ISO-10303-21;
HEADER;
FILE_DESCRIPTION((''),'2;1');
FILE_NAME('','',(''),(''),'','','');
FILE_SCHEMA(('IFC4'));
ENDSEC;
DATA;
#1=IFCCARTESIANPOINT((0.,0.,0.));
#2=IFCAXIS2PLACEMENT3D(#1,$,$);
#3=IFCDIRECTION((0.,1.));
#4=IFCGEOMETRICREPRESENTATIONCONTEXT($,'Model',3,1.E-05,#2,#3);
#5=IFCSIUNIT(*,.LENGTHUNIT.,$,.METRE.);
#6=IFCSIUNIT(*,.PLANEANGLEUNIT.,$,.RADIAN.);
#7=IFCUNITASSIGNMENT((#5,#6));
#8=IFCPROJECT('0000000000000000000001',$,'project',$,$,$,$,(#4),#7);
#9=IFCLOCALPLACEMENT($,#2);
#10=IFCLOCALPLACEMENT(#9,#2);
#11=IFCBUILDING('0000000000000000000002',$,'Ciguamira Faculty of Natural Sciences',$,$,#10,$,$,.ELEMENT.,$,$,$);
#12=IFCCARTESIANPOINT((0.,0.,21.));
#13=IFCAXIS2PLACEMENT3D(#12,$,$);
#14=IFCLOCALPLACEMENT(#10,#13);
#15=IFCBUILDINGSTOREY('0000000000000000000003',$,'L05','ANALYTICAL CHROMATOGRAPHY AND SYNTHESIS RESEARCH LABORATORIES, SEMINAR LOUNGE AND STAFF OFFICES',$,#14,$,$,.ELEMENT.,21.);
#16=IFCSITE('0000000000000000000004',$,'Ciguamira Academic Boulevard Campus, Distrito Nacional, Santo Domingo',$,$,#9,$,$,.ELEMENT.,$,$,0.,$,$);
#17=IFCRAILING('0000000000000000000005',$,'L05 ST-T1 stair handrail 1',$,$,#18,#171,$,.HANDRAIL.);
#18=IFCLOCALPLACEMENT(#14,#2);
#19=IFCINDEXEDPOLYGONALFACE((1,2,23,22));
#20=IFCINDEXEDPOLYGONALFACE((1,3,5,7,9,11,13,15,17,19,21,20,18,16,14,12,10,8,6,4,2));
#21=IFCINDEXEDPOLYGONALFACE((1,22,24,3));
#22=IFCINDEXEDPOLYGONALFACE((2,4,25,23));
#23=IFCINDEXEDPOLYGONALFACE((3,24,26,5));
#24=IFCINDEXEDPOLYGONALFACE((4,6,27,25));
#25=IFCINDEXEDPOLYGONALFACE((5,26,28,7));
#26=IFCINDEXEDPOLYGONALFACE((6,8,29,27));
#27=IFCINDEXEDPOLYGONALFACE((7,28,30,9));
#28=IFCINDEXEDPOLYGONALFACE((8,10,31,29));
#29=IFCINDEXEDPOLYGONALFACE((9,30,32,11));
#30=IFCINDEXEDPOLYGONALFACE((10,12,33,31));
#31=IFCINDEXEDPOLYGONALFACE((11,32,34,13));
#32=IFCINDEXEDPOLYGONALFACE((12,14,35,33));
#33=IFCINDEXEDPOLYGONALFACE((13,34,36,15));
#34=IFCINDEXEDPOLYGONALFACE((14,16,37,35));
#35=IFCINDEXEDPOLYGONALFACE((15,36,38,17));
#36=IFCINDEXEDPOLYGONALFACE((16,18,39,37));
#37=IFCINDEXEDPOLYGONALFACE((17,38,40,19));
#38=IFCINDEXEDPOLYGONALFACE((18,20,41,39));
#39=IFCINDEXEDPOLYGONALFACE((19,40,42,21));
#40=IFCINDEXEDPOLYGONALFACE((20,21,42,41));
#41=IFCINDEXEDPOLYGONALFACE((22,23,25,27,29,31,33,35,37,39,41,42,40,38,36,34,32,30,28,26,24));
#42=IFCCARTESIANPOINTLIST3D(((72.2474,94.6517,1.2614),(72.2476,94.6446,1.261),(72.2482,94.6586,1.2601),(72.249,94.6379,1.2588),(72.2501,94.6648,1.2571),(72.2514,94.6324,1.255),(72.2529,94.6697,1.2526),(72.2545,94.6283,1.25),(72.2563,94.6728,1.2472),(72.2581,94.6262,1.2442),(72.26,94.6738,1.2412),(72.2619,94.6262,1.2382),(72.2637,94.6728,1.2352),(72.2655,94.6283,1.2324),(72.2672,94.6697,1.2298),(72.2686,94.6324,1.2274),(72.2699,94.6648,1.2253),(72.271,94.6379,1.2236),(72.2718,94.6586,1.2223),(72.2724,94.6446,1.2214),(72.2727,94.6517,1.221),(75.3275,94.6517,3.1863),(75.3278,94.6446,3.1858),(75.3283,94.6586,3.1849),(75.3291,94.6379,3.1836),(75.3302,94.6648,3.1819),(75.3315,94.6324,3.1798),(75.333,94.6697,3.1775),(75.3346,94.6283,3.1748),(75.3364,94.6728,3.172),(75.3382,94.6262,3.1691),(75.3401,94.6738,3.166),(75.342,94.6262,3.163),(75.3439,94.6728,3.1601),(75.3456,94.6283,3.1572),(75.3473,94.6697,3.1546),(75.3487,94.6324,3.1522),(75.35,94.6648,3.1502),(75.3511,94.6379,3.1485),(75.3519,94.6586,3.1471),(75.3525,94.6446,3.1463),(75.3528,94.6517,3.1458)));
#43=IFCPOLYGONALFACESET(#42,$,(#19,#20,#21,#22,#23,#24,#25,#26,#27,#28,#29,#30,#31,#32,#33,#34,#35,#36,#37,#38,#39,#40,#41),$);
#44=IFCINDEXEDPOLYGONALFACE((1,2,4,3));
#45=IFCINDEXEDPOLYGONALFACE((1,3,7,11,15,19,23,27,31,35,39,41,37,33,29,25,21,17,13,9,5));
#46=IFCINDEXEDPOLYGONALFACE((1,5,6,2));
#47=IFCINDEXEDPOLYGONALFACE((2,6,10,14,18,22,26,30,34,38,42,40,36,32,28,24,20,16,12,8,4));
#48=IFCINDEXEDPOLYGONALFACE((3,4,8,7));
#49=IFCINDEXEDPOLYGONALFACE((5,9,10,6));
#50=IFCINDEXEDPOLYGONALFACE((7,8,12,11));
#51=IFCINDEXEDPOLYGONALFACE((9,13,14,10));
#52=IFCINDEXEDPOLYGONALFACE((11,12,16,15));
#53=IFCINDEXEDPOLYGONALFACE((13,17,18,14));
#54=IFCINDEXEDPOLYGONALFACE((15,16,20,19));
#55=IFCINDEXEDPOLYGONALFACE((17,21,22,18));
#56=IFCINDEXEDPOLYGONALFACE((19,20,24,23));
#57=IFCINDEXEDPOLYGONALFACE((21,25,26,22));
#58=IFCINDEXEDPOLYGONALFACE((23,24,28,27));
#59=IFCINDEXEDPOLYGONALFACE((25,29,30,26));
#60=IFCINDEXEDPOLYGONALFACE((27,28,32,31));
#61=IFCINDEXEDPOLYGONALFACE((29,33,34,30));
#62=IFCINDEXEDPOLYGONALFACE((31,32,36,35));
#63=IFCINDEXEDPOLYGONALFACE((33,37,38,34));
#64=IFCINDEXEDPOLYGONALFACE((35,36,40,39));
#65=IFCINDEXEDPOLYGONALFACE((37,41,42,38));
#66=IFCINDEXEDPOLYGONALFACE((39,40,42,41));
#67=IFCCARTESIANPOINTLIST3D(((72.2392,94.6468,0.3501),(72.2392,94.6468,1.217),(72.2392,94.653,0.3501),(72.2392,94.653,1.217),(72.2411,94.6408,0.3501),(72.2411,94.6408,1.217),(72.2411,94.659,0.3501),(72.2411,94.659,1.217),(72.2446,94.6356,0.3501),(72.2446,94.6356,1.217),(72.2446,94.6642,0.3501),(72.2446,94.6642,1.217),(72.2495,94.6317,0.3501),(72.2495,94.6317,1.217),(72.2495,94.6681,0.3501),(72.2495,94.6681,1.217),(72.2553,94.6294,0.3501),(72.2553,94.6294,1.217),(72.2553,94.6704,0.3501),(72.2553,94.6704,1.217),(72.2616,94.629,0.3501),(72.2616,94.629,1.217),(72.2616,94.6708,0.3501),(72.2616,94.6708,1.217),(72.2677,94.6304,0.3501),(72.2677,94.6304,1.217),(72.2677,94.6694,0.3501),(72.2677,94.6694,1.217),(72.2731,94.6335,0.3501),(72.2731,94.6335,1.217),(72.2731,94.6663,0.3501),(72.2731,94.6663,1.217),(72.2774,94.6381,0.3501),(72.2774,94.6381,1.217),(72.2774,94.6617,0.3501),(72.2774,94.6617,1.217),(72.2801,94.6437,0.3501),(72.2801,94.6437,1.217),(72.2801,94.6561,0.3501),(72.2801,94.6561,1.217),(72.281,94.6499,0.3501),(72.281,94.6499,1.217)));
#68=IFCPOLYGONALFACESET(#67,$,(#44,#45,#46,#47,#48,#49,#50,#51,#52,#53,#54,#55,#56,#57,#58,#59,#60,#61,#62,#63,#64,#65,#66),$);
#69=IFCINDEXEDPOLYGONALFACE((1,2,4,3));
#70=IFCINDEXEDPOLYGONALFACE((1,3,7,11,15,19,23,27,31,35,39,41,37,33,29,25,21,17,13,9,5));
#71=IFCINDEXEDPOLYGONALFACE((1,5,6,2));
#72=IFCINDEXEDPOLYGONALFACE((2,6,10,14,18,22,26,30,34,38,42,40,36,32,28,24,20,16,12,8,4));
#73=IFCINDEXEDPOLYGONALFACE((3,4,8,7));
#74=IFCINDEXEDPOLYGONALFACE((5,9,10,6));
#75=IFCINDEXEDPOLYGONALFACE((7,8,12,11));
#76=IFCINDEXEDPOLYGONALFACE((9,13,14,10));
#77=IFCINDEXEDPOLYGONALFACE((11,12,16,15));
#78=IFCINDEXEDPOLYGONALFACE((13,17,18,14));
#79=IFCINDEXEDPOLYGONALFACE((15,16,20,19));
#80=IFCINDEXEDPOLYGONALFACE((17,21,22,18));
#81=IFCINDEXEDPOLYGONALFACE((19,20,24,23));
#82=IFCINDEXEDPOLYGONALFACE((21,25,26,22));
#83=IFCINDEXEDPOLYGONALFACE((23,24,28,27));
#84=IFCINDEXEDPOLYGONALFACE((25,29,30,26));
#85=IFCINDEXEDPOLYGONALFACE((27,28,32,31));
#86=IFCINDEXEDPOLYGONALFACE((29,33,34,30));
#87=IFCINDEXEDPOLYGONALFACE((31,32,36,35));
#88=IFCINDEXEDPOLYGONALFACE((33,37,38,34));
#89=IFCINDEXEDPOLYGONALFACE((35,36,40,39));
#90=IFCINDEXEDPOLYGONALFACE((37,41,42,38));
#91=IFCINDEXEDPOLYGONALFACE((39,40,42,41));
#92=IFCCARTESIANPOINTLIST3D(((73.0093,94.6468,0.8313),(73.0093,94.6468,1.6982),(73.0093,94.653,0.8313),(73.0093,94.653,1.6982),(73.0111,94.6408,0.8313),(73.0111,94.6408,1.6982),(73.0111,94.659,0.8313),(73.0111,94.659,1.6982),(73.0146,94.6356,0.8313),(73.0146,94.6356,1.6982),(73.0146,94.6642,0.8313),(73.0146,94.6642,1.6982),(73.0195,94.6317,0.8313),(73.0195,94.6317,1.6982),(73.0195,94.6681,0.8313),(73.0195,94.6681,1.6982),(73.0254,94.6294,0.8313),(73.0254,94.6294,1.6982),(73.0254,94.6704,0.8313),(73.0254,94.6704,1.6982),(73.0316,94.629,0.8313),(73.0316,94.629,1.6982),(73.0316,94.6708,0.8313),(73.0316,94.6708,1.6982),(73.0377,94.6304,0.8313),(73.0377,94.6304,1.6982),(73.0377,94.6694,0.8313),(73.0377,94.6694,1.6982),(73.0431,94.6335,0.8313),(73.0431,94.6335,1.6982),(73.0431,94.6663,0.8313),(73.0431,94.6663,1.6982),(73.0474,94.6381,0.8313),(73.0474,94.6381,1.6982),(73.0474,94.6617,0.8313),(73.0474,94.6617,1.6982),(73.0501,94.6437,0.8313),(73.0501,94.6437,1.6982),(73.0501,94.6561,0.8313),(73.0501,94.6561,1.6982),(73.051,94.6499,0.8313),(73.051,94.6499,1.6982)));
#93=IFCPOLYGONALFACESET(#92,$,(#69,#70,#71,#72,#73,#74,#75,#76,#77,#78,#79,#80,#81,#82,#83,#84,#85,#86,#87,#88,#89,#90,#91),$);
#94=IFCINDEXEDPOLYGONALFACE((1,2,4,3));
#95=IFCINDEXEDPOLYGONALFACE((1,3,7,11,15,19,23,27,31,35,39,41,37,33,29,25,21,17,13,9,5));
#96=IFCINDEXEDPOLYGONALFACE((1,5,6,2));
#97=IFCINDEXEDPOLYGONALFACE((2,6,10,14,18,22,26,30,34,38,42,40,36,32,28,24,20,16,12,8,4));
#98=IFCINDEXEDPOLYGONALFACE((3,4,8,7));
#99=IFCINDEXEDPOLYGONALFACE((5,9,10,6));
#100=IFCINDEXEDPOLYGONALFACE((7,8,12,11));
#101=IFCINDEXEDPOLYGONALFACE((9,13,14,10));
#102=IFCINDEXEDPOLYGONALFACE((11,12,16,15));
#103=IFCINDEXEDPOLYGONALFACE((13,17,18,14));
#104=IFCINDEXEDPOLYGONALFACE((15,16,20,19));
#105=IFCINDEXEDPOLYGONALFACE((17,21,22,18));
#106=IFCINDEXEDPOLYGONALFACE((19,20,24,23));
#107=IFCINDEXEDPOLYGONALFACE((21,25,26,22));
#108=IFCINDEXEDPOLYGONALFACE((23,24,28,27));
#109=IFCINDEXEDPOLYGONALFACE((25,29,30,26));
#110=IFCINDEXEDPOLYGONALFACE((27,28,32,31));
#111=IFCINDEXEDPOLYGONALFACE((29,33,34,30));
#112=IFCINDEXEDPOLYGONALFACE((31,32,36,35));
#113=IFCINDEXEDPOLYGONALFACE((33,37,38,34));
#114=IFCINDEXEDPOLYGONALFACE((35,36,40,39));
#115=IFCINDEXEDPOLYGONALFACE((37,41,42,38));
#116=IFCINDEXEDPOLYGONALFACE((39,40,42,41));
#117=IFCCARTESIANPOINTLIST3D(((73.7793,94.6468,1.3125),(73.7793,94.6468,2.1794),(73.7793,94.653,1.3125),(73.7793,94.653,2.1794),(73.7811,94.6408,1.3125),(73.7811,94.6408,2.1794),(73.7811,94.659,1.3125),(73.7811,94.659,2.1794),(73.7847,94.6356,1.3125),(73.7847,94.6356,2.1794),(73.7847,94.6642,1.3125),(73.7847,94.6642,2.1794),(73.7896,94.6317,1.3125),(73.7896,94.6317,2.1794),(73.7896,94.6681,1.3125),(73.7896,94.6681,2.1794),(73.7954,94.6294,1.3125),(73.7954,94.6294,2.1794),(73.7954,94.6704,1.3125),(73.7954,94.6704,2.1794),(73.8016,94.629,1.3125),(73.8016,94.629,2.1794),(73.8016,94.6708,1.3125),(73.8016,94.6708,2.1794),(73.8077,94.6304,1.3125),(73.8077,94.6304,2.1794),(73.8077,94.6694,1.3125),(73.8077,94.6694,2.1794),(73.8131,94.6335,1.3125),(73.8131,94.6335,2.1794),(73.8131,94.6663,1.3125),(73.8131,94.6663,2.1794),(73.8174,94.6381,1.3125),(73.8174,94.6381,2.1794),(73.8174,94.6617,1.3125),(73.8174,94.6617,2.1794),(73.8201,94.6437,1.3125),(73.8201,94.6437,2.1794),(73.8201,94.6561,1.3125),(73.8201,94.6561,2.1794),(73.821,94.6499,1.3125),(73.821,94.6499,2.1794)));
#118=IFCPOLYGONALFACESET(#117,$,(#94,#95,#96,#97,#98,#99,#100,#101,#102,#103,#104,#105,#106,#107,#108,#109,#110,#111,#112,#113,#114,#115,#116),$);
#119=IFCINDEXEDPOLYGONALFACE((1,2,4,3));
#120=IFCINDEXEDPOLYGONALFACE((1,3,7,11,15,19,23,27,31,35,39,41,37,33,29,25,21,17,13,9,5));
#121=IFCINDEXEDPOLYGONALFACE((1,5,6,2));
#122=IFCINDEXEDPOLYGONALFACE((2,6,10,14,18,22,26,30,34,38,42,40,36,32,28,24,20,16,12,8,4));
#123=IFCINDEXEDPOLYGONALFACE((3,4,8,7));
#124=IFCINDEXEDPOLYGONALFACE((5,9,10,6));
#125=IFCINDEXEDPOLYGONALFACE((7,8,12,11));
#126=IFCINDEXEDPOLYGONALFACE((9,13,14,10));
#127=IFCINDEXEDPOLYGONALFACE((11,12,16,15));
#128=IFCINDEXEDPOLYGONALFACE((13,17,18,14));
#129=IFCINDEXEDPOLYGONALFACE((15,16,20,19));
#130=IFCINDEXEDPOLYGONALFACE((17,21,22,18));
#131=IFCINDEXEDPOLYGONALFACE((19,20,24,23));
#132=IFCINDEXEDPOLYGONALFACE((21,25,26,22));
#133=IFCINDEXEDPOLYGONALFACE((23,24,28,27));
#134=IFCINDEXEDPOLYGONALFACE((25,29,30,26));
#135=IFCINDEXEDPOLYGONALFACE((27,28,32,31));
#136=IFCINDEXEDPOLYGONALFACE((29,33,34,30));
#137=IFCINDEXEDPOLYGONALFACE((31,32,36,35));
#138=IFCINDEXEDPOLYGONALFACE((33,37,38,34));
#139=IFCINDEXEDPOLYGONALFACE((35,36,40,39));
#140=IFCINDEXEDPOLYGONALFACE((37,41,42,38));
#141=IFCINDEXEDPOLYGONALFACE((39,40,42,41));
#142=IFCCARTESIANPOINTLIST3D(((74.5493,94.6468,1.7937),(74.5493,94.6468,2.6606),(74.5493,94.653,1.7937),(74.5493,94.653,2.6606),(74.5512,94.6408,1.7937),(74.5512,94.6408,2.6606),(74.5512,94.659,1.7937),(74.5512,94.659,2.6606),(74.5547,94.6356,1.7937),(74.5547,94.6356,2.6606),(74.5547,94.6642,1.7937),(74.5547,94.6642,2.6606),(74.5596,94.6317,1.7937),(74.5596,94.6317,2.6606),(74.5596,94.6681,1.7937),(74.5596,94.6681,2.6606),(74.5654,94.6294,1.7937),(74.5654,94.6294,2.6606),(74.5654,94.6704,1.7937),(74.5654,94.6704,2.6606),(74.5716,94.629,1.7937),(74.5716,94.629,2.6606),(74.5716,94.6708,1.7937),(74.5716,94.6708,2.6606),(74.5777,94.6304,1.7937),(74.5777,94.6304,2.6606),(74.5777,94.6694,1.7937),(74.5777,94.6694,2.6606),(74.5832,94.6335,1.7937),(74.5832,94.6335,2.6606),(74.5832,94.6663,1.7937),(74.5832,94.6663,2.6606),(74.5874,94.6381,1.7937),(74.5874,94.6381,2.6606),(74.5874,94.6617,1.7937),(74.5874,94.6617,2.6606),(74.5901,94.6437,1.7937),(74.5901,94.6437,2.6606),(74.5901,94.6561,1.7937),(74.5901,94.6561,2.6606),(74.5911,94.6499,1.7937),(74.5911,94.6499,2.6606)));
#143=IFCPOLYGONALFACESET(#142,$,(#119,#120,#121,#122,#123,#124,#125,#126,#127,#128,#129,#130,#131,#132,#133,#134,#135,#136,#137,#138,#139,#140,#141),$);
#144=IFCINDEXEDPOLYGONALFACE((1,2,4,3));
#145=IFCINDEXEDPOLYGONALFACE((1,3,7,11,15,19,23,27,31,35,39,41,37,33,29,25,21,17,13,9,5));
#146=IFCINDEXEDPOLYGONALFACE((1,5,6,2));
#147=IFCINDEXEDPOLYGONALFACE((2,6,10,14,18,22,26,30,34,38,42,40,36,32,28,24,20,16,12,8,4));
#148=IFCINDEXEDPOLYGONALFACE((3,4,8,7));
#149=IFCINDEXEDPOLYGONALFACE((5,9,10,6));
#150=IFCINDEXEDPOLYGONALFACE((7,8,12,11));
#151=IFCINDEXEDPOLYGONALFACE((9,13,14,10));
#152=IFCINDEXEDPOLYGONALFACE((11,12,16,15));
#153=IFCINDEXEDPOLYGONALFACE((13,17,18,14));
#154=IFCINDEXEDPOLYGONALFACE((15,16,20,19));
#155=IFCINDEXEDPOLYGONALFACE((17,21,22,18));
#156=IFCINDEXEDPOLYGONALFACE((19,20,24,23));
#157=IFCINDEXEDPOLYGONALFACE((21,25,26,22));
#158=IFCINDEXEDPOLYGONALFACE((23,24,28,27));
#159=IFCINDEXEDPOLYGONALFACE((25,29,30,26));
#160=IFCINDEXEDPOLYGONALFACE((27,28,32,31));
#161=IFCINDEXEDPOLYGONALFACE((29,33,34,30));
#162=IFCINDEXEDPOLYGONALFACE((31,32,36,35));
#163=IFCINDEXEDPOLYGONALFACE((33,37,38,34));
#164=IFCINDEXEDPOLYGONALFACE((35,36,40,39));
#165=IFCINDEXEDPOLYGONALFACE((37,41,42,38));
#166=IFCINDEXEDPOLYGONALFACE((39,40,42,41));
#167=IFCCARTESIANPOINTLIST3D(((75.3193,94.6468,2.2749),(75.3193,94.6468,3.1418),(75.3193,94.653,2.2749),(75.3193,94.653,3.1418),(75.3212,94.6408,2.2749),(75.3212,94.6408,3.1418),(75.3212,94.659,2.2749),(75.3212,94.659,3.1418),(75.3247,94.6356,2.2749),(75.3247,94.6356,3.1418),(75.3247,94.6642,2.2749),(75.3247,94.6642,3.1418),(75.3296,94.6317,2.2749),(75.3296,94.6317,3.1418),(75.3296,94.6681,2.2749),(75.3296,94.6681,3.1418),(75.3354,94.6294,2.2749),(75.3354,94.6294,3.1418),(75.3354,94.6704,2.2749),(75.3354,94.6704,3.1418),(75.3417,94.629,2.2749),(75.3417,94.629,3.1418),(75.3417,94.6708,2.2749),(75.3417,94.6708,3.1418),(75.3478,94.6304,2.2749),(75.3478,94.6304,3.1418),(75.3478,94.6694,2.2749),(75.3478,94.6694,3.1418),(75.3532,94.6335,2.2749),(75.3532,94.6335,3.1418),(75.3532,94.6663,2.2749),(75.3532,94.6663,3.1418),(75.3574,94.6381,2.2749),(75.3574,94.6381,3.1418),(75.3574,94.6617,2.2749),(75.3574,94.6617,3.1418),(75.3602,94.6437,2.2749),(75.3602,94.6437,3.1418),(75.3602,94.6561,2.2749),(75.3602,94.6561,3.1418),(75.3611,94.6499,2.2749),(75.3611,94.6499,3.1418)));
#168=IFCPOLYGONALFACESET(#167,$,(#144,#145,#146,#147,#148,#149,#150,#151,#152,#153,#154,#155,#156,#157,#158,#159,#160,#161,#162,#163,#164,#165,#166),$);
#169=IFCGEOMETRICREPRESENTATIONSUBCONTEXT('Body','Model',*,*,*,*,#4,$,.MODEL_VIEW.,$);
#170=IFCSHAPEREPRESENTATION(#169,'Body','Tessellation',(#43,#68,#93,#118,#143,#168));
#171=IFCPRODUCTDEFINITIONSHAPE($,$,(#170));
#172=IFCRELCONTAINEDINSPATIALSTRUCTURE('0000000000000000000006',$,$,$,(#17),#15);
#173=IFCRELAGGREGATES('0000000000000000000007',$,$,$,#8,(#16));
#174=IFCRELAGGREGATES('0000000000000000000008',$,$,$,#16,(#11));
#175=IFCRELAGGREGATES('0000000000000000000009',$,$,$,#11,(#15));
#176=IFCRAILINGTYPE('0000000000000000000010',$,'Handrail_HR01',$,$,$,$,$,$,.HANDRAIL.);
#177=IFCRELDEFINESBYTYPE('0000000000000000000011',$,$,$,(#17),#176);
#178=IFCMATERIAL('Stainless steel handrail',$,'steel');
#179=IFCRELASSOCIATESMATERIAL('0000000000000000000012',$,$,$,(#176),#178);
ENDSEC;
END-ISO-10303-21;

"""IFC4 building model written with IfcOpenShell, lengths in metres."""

from ifc_helpers import new_model, si_unit, direction, frame, origin, origin_2d, place, context, subcontext, project, spatial, circle, extrude, material, type_object, element, save


model = new_model("IFC4")

# Units and contexts
model_context = context("Model", 3, precision=1e-05, world=origin(), true_north=direction((0.0, 1.0)))
body_context = subcontext(model_context, "Body", "Model", "MODEL_VIEW")
ifc_project = project(units=[si_unit("LENGTHUNIT", "METRE"), si_unit("PLANEANGLEUNIT", "RADIAN")], contexts=[model_context])

# Site, building, storey
site_placement = place(None, origin())
site = spatial("IfcSite", under=ifc_project, at=site_placement, Name="Ciguamira Academic Boulevard Campus, Distrito Nacional, Santo Domingo", CompositionType="ELEMENT", RefElevation=0.0)
building_placement = place(site_placement, origin())
building = spatial("IfcBuilding", under=site, at=building_placement, Name="Ciguamira Faculty of Natural Sciences", CompositionType="ELEMENT")
storey_placement = place(building_placement, frame((0.0, 0.0, 21.0)))
storey = spatial("IfcBuildingStorey", under=building, at=storey_placement, Name="L05", Description="ANALYTICAL CHROMATOGRAPHY AND SYNTHESIS RESEARCH LABORATORIES, SEMINAR LOUNGE AND STAFF OFFICES", CompositionType="ELEMENT", Elevation=21.0)

# Railing
ifc_material_1 = material(Name="Stainless steel handrail", Category="steel")
railing_type_1 = type_object("IfcRailingType", Name="Handrail_HR01", PredefinedType="HANDRAIL", material=ifc_material_1)
railing_1_placement = place(storey_placement, frame((72.26, 94.6499, 0.3501)))
element("IfcRailing", 1, at=railing_1_placement, inside=storey, type_object=railing_type_1, Name="L05 ST-T1 stair handrail 1", PredefinedType="HANDRAIL", context=body_context, shape_type="SweptSolid", body=[
    extrude(circle(Radius=0.0239, at=origin_2d()), frame((0.0, 0.0, 0.8911), z_axis=(0.848029, 0.0, 0.529951), x_axis=(0.0, 1.0, 0.0)), (0.0, 0.0, 1.0), 3.6321),
    extrude(circle(Radius=0.021, at=origin_2d()), origin(), (0.0, 0.0, 1.0), 0.8669),
    extrude(circle(Radius=0.021, at=origin_2d()), frame((0.77, 0.0, 0.4812)), (0.0, 0.0, 1.0), 0.8669),
    extrude(circle(Radius=0.021, at=origin_2d()), frame((1.54, 0.0, 0.9624)), (0.0, 0.0, 1.0), 0.8669),
    extrude(circle(Radius=0.021, at=origin_2d()), frame((2.3101, 0.0, 1.4436)), (0.0, 0.0, 1.0), 0.8669),
    extrude(circle(Radius=0.021, at=origin_2d()), frame((3.0801, 0.0, 1.9248)), (0.0, 0.0, 1.0), 0.8669),
])

save(model, "model.ifc")
